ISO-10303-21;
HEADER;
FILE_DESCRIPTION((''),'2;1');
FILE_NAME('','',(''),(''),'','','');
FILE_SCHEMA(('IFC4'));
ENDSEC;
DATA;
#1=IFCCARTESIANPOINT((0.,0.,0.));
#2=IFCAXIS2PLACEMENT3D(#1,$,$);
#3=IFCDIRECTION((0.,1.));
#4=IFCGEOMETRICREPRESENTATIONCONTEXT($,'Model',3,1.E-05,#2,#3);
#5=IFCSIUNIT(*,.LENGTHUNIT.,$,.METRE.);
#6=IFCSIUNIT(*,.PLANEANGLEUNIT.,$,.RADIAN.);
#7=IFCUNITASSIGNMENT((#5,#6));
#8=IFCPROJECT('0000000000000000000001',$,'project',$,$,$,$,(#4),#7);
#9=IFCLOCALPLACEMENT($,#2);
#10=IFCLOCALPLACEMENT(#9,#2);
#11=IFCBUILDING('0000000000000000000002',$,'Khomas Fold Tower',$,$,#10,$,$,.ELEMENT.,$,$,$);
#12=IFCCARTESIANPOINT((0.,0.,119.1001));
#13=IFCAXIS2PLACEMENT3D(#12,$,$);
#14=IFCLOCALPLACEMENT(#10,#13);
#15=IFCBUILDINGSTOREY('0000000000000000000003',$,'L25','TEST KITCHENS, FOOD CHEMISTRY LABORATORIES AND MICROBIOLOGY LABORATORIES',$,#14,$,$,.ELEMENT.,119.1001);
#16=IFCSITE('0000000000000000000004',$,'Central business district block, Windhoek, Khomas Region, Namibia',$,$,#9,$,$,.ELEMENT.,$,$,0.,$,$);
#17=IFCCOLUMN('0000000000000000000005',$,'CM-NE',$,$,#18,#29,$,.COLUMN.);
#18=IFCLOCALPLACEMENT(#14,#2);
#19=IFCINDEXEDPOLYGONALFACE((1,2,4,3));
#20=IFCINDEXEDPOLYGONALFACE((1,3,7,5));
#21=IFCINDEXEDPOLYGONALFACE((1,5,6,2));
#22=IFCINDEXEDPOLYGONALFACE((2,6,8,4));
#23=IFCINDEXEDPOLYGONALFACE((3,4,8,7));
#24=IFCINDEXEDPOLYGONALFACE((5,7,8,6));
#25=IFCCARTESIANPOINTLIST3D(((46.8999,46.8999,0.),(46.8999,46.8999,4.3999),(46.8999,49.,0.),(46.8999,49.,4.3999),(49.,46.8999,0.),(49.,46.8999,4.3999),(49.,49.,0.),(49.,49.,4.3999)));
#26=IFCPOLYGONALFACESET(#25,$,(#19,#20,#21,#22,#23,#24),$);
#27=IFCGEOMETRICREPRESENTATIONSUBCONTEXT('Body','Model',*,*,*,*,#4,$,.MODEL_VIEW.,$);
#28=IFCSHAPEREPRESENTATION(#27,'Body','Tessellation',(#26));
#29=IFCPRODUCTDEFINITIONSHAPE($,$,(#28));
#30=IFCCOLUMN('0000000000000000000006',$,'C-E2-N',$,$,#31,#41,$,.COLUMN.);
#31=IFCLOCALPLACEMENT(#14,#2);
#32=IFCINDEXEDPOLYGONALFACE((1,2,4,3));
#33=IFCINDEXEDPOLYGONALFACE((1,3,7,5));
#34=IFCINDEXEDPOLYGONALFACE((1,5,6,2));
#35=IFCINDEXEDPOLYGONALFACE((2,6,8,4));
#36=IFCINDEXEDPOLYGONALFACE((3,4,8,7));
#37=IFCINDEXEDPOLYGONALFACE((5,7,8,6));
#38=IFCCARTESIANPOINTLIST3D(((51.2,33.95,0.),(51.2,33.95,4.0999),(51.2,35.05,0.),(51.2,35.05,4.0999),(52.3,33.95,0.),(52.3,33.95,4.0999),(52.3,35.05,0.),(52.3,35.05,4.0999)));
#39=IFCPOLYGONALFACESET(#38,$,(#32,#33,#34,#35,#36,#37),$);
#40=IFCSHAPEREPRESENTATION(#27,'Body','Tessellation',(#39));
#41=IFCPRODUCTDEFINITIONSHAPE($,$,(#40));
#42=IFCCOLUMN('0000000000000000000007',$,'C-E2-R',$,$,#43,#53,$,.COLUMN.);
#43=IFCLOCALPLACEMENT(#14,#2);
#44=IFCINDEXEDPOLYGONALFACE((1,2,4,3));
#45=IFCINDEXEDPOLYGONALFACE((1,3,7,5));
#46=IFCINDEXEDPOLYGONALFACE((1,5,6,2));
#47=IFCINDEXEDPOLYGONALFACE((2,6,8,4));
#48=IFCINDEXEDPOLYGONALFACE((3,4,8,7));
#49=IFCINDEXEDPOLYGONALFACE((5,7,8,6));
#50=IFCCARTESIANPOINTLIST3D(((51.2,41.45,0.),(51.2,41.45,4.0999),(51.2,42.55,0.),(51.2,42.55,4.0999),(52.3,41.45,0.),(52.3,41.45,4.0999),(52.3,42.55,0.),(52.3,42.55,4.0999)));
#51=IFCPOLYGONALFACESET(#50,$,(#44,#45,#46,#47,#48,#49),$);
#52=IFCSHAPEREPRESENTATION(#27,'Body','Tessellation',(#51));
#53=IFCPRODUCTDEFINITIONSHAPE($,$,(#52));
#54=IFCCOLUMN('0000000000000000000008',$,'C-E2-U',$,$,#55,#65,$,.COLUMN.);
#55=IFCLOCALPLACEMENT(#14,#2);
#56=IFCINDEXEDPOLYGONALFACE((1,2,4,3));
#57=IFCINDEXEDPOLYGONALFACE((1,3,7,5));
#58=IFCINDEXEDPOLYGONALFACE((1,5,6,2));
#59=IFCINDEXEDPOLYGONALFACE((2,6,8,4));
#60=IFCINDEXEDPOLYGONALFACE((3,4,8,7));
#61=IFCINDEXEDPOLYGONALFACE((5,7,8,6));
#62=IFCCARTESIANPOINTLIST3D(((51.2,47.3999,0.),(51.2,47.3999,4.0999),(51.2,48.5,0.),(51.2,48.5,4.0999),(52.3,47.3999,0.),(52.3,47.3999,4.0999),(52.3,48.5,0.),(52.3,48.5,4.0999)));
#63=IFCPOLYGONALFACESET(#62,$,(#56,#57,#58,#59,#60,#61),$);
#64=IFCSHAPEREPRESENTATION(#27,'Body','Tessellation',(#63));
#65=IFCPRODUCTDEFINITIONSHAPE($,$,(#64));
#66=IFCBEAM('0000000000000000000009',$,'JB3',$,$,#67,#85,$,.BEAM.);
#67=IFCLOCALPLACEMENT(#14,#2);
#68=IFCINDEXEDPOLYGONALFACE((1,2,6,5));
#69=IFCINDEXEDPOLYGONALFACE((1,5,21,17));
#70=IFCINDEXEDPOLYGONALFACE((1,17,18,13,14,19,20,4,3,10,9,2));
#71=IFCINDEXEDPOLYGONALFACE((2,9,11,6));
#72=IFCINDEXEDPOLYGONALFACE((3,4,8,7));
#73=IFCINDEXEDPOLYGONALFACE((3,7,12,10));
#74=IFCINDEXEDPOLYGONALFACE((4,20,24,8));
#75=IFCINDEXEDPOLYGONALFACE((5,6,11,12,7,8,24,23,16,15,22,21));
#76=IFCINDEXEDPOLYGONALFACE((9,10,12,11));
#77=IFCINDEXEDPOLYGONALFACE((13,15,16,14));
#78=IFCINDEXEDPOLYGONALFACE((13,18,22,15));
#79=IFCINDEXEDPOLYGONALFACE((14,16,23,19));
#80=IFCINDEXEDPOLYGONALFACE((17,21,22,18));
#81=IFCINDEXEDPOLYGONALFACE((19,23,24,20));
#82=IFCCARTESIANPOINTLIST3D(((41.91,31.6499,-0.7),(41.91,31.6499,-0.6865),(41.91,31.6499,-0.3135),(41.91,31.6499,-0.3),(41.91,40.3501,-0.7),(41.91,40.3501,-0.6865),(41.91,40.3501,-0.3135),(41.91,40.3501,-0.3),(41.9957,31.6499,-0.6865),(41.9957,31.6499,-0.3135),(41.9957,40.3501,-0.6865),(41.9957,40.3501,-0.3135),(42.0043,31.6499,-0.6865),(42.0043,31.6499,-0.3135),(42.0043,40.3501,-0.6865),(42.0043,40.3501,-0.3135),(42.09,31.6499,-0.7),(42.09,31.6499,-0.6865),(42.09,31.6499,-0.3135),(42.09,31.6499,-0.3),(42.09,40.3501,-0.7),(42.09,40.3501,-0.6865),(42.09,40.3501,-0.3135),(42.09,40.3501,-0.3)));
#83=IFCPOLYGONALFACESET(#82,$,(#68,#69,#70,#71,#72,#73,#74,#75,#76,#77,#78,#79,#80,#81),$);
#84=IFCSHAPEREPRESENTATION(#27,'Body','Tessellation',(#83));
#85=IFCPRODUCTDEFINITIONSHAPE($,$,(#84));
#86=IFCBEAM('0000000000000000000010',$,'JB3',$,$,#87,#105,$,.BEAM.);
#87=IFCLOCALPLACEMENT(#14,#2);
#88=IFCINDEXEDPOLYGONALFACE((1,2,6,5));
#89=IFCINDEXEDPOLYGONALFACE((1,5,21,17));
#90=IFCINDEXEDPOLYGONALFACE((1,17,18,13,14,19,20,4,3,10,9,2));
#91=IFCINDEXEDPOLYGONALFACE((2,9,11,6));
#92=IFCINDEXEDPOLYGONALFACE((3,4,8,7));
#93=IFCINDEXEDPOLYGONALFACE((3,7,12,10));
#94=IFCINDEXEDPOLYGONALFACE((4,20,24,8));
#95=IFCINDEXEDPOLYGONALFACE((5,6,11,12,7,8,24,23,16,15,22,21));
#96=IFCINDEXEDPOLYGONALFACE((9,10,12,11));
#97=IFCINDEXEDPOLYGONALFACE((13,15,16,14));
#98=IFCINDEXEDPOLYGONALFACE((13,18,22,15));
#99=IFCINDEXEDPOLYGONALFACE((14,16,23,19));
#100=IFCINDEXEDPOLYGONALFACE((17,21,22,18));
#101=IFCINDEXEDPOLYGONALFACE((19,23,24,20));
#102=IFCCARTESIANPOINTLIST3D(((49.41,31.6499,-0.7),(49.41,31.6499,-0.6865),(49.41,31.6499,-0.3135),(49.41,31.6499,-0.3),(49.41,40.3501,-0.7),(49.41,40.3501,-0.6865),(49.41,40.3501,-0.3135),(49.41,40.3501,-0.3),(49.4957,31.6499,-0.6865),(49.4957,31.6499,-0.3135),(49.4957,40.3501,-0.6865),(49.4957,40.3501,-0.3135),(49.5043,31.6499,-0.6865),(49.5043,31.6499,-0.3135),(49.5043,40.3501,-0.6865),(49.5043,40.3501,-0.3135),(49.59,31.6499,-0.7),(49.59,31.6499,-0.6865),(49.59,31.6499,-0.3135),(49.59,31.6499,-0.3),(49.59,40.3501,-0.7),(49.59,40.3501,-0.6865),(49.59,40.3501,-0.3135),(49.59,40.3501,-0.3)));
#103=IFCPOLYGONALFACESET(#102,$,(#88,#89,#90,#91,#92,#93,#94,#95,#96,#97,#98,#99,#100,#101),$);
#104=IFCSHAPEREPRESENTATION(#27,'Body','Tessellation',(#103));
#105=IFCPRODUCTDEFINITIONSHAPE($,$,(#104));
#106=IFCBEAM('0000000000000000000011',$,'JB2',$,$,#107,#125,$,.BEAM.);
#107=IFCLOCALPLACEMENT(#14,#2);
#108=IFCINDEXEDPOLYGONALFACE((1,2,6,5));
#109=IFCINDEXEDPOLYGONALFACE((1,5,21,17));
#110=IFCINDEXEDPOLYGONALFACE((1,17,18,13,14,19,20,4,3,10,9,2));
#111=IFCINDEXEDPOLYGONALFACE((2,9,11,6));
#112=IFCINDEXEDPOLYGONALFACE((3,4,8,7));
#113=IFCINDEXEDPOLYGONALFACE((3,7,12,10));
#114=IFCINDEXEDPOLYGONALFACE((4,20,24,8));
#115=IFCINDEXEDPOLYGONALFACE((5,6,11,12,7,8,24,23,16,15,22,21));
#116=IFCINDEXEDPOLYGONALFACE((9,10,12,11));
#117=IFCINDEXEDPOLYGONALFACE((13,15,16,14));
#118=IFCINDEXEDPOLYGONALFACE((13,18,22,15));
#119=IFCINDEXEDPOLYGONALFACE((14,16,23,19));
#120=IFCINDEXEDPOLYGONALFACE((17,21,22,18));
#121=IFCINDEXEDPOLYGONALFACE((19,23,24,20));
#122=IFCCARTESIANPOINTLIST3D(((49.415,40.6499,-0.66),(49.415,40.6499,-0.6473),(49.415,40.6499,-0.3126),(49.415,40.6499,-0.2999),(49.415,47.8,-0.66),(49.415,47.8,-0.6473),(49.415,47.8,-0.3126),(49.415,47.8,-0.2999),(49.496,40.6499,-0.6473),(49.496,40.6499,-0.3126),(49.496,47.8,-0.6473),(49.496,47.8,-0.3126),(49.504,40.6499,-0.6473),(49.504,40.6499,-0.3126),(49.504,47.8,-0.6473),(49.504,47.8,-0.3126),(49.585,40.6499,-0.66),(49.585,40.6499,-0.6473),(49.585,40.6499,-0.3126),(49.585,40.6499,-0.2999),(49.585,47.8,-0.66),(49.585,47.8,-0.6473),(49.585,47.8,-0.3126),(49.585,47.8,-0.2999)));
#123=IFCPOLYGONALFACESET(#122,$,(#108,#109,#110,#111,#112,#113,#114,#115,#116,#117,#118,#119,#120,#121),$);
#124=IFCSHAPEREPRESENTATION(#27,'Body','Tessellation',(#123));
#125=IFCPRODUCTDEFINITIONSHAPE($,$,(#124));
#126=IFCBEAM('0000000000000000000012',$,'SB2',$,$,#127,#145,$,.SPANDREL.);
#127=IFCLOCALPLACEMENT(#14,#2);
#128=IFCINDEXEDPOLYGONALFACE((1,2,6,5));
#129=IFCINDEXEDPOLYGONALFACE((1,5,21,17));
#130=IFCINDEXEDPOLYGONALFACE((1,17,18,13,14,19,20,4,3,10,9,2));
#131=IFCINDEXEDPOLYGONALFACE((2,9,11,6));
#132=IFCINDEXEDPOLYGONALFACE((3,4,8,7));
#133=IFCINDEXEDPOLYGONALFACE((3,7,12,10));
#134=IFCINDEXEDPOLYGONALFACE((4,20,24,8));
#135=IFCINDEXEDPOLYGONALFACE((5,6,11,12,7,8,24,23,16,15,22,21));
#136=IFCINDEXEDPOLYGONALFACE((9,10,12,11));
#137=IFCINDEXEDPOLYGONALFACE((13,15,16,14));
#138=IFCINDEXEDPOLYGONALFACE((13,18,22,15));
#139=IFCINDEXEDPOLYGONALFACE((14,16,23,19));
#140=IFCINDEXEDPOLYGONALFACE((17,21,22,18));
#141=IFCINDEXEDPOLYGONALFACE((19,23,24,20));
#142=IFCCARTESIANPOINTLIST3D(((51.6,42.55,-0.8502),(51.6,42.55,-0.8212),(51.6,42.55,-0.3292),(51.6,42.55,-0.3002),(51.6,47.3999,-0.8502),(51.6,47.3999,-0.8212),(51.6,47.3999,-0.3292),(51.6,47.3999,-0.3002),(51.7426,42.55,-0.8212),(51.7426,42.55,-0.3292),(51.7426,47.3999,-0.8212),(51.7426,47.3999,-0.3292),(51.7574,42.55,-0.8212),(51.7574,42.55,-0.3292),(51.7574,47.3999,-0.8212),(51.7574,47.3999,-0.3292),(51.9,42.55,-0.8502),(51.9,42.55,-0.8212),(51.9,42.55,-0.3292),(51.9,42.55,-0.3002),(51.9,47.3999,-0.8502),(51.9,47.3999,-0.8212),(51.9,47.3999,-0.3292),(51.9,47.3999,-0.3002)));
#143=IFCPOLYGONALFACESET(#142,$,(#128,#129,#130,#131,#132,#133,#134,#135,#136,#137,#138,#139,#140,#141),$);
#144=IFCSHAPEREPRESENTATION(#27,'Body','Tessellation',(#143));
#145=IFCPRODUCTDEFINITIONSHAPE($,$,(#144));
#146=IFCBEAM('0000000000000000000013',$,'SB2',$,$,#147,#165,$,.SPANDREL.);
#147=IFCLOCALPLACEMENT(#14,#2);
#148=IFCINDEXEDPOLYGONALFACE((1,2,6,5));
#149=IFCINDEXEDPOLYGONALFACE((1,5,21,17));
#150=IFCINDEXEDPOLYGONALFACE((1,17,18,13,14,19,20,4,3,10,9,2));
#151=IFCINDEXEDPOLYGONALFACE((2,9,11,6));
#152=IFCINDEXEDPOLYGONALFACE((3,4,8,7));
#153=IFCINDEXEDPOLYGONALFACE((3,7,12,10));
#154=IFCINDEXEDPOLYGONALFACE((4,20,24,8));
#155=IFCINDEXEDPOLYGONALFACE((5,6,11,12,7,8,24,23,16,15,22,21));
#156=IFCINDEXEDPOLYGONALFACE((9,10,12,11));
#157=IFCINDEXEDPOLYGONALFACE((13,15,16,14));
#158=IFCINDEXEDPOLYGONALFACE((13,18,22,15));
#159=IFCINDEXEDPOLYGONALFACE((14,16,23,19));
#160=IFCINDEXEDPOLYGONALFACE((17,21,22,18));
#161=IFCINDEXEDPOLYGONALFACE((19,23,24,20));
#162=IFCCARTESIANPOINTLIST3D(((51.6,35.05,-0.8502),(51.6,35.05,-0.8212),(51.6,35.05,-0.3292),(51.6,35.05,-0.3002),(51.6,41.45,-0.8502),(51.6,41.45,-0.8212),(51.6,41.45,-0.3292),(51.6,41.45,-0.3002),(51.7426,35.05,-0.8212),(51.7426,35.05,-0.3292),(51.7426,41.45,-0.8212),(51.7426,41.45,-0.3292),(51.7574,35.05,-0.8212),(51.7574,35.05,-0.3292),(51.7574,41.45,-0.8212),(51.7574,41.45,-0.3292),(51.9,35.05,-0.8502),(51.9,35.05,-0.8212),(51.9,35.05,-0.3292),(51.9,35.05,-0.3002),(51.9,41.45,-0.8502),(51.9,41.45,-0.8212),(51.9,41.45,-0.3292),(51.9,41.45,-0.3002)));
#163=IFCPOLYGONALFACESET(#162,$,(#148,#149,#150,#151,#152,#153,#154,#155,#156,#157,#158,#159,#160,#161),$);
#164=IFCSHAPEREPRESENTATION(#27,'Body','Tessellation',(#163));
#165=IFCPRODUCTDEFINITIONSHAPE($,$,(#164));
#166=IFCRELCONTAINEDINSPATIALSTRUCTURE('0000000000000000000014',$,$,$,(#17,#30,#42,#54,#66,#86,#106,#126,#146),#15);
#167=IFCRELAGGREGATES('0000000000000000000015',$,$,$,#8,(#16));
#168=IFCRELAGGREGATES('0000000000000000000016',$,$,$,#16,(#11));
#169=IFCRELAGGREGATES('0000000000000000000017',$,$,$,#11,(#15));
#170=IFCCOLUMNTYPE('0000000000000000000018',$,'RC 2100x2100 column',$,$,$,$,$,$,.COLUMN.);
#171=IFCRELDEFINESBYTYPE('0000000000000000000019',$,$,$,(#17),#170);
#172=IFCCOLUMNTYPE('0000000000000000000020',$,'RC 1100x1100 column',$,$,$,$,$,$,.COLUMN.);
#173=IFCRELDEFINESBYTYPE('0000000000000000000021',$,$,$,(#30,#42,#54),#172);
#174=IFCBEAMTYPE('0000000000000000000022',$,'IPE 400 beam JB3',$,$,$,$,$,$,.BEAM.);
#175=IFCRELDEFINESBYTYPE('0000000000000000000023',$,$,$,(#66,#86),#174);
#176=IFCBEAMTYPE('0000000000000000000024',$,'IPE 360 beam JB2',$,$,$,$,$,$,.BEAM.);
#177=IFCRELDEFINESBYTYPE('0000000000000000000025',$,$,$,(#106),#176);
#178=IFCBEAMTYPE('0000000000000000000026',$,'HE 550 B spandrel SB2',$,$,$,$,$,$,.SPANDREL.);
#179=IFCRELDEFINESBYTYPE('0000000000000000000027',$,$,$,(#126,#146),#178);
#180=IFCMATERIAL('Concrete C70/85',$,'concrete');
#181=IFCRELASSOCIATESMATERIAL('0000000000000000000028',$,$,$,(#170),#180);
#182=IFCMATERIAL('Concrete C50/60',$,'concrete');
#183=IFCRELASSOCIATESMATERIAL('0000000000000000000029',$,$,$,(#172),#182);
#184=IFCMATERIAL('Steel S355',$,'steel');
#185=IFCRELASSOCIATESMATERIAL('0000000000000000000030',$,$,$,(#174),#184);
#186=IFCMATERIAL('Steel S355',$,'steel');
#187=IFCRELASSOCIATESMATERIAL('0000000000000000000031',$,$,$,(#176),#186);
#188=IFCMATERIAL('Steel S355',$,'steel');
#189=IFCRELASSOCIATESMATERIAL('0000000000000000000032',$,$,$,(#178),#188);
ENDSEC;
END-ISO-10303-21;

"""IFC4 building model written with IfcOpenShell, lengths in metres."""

from ifc_helpers import new_model, si_unit, direction, frame, origin, origin_2d, place, context, subcontext, project, spatial, rectangle, i_section, extrude, source, transform, mapped, material, material_profile, profile_set, type_object, element, save


model = new_model("IFC4")

# Units and contexts
model_context = context("Model", 3, precision=1e-05, world=origin(), true_north=direction((0.0, 1.0)))
body_context = subcontext(model_context, "Body", "Model", "MODEL_VIEW")
ifc_project = project(units=[si_unit("LENGTHUNIT", "METRE"), si_unit("PLANEANGLEUNIT", "RADIAN")], contexts=[model_context])

# Site, building, storey
site_placement = place(None, origin())
site = spatial("IfcSite", under=ifc_project, at=site_placement, Name="Central business district block, Windhoek, Khomas Region, Namibia", CompositionType="ELEMENT", RefElevation=0.0)
building_placement = place(site_placement, origin())
building = spatial("IfcBuilding", under=site, at=building_placement, Name="Khomas Fold Tower", CompositionType="ELEMENT")
storey_placement = place(building_placement, frame((0.0, 0.0, 119.1001)))
storey = spatial("IfcBuildingStorey", under=building, at=storey_placement, Name="L25", Description="TEST KITCHENS, FOOD CHEMISTRY LABORATORIES AND MICROBIOLOGY LABORATORIES", CompositionType="ELEMENT", Elevation=119.1001)

# Columns
ifc_material_1 = material(Name="Concrete C70/85", Category="concrete")
ifc_material_profile_1 = material_profile(ifc_material_1, rectangle(XDim=2.1001, YDim=2.1001, at=origin_2d()), Name="RC 2100x2100")
ifc_profile_set_1 = profile_set([ifc_material_profile_1], Name="Concrete C70/85")
column_type_1 = type_object("IfcColumnType", Name="RC 2100x2100 column", PredefinedType="COLUMN", material=ifc_profile_set_1)
shared_shape_1 = source(origin(), body_context, "Body", "SweptSolid", [
    extrude(rectangle(XDim=2.1001, YDim=2.1001, at=origin_2d()), origin(), (0.0, 0.0, 1.0), 4.3999),
])
column_placement = place(storey_placement, frame((47.95, 47.95, 0.0), z_axis=(0.0, 0.0, 1.0), x_axis=(1.0, 0.0, 0.0)))
element("IfcColumn", 1, at=column_placement, inside=storey, type_object=column_type_1, Name="CM-NE", PredefinedType="COLUMN", context=body_context, shape_type="MappedRepresentation", body=[
    mapped(shared_shape_1, transform((0.0, 0.0, 0.0))),
])
ifc_material_2 = material(Name="Concrete C50/60", Category="concrete")
ifc_material_profile_2 = material_profile(ifc_material_2, rectangle(XDim=1.1001, YDim=1.1001, at=origin_2d()), Name="RC 1100x1100")
ifc_profile_set_2 = profile_set([ifc_material_profile_2], Name="Concrete C50/60")
column_type_2 = type_object("IfcColumnType", Name="RC 1100x1100 column", PredefinedType="COLUMN", material=ifc_profile_set_2)
shared_shape_2 = source(origin(), body_context, "Body", "SweptSolid", [
    extrude(rectangle(XDim=1.1001, YDim=1.1001, at=origin_2d()), origin(), (0.0, 0.0, 1.0), 4.0999),
])
for number, where, z_axis, x_axis, name in (
    (2, (51.75, 34.5, 0.0), (0.0, 0.0, 1.0), (1.0, 0.0, 0.0), "C-E2-N"),
    (3, (51.75, 42.0, 0.0), (0.0, 0.0, 1.0), (1.0, 0.0, 0.0), "C-E2-R"),
    (4, (51.75, 47.95, 0.0), (0.0, 0.0, 1.0), (1.0, 0.0, 0.0), "C-E2-U"),
):
    element("IfcColumn", number, at=place(storey_placement, frame(where, z_axis=z_axis, x_axis=x_axis)), inside=storey, type_object=column_type_2, Name=name, PredefinedType="COLUMN", context=body_context, shape_type="MappedRepresentation", body=[
        mapped(shared_shape_2, transform((0.0, 0.0, 0.0))),
    ])

# Beams
ifc_material_3 = material(Name="Steel S355", Category="steel")
ifc_material_profile_3 = material_profile(ifc_material_3, i_section(OverallWidth=0.1799, OverallDepth=0.3999, WebThickness=0.0085, FlangeThickness=0.0134, at=origin_2d()), Name="IPE 400")
ifc_profile_set_3 = profile_set([ifc_material_profile_3], Name="Steel S355")
beam_type_1 = type_object("IfcBeamType", Name="IPE 400 beam JB3", PredefinedType="BEAM", material=ifc_profile_set_3)
shared_shape_3 = source(origin(), body_context, "Body", "SweptSolid", [
    extrude(i_section(OverallWidth=0.1799, OverallDepth=0.3999, WebThickness=0.0085, FlangeThickness=0.0134, at=origin_2d()), origin(), (0.0, 0.0, 1.0), 8.7002),
])
for number, where, z_axis, x_axis, name in (
    (5, (42.0, 31.6499, -0.5), (0.0, 1.0, 0.0), (-1.0, 0.0, 0.0), "JB3"),
    (6, (49.5, 31.6499, -0.5), (0.0, 1.0, 0.0), (-1.0, 0.0, 0.0), "JB3"),
):
    element("IfcBeam", number, at=place(storey_placement, frame(where, z_axis=z_axis, x_axis=x_axis)), inside=storey, type_object=beam_type_1, Name=name, PredefinedType="BEAM", context=body_context, shape_type="MappedRepresentation", body=[
        mapped(shared_shape_3, transform((0.0, 0.0, 0.0))),
    ])
ifc_material_4 = material(Name="Steel S355", Category="steel")
ifc_material_profile_4 = material_profile(ifc_material_4, i_section(OverallWidth=0.1699, OverallDepth=0.3601, WebThickness=0.0081, FlangeThickness=0.0127, at=origin_2d()), Name="IPE 360")
ifc_profile_set_4 = profile_set([ifc_material_profile_4], Name="Steel S355")
beam_type_2 = type_object("IfcBeamType", Name="IPE 360 beam JB2", PredefinedType="BEAM", material=ifc_profile_set_4)
shared_shape_4 = source(origin(), body_context, "Body", "SweptSolid", [
    extrude(i_section(OverallWidth=0.1699, OverallDepth=0.3601, WebThickness=0.0081, FlangeThickness=0.0127, at=origin_2d()), origin(), (0.0, 0.0, 1.0), 7.1501),
])
beam_1_placement = place(storey_placement, frame((49.5, 40.6499, -0.48), z_axis=(0.0, 1.0, 0.0), x_axis=(-1.0, 0.0, 0.0)))
element("IfcBeam", 7, at=beam_1_placement, inside=storey, type_object=beam_type_2, Name="JB2", PredefinedType="BEAM", context=body_context, shape_type="MappedRepresentation", body=[
    mapped(shared_shape_4, transform((0.0, 0.0, 0.0))),
])
ifc_material_5 = material(Name="Steel S355", Category="steel")
ifc_material_profile_5 = material_profile(ifc_material_5, i_section(OverallWidth=0.3, OverallDepth=0.55, WebThickness=0.0149, FlangeThickness=0.0291, at=origin_2d()), Name="HE 550 B")
ifc_profile_set_5 = profile_set([ifc_material_profile_5], Name="Steel S355")
beam_type_3 = type_object("IfcBeamType", Name="HE 550 B spandrel SB2", PredefinedType="SPANDREL", material=ifc_profile_set_5)
shared_shape_5 = source(origin(), body_context, "Body", "SweptSolid", [
    extrude(i_section(OverallWidth=0.3, OverallDepth=0.55, WebThickness=0.0149, FlangeThickness=0.0291, at=origin_2d()), origin(), (0.0, 0.0, 1.0), 4.8499),
])
beam_2_placement = place(storey_placement, frame((51.75, 42.55, -0.5752), z_axis=(0.0, 1.0, 0.0), x_axis=(-1.0, 0.0, 0.0)))
element("IfcBeam", 8, at=beam_2_placement, inside=storey, type_object=beam_type_3, Name="SB2", PredefinedType="SPANDREL", context=body_context, shape_type="MappedRepresentation", body=[
    mapped(shared_shape_5, transform((0.0, 0.0, 0.0))),
])
shared_shape_6 = source(origin(), body_context, "Body", "SweptSolid", [
    extrude(i_section(OverallWidth=0.3, OverallDepth=0.55, WebThickness=0.0149, FlangeThickness=0.0291, at=origin_2d()), origin(), (0.0, 0.0, 1.0), 6.3999),
])
beam_3_placement = place(storey_placement, frame((51.75, 35.05, -0.5752), z_axis=(0.0, 1.0, 0.0), x_axis=(-1.0, 0.0, 0.0)))
element("IfcBeam", 9, at=beam_3_placement, inside=storey, type_object=beam_type_3, Name="SB2", PredefinedType="SPANDREL", context=body_context, shape_type="MappedRepresentation", body=[
    mapped(shared_shape_6, transform((0.0, 0.0, 0.0))),
])

save(model, "model.ifc")
